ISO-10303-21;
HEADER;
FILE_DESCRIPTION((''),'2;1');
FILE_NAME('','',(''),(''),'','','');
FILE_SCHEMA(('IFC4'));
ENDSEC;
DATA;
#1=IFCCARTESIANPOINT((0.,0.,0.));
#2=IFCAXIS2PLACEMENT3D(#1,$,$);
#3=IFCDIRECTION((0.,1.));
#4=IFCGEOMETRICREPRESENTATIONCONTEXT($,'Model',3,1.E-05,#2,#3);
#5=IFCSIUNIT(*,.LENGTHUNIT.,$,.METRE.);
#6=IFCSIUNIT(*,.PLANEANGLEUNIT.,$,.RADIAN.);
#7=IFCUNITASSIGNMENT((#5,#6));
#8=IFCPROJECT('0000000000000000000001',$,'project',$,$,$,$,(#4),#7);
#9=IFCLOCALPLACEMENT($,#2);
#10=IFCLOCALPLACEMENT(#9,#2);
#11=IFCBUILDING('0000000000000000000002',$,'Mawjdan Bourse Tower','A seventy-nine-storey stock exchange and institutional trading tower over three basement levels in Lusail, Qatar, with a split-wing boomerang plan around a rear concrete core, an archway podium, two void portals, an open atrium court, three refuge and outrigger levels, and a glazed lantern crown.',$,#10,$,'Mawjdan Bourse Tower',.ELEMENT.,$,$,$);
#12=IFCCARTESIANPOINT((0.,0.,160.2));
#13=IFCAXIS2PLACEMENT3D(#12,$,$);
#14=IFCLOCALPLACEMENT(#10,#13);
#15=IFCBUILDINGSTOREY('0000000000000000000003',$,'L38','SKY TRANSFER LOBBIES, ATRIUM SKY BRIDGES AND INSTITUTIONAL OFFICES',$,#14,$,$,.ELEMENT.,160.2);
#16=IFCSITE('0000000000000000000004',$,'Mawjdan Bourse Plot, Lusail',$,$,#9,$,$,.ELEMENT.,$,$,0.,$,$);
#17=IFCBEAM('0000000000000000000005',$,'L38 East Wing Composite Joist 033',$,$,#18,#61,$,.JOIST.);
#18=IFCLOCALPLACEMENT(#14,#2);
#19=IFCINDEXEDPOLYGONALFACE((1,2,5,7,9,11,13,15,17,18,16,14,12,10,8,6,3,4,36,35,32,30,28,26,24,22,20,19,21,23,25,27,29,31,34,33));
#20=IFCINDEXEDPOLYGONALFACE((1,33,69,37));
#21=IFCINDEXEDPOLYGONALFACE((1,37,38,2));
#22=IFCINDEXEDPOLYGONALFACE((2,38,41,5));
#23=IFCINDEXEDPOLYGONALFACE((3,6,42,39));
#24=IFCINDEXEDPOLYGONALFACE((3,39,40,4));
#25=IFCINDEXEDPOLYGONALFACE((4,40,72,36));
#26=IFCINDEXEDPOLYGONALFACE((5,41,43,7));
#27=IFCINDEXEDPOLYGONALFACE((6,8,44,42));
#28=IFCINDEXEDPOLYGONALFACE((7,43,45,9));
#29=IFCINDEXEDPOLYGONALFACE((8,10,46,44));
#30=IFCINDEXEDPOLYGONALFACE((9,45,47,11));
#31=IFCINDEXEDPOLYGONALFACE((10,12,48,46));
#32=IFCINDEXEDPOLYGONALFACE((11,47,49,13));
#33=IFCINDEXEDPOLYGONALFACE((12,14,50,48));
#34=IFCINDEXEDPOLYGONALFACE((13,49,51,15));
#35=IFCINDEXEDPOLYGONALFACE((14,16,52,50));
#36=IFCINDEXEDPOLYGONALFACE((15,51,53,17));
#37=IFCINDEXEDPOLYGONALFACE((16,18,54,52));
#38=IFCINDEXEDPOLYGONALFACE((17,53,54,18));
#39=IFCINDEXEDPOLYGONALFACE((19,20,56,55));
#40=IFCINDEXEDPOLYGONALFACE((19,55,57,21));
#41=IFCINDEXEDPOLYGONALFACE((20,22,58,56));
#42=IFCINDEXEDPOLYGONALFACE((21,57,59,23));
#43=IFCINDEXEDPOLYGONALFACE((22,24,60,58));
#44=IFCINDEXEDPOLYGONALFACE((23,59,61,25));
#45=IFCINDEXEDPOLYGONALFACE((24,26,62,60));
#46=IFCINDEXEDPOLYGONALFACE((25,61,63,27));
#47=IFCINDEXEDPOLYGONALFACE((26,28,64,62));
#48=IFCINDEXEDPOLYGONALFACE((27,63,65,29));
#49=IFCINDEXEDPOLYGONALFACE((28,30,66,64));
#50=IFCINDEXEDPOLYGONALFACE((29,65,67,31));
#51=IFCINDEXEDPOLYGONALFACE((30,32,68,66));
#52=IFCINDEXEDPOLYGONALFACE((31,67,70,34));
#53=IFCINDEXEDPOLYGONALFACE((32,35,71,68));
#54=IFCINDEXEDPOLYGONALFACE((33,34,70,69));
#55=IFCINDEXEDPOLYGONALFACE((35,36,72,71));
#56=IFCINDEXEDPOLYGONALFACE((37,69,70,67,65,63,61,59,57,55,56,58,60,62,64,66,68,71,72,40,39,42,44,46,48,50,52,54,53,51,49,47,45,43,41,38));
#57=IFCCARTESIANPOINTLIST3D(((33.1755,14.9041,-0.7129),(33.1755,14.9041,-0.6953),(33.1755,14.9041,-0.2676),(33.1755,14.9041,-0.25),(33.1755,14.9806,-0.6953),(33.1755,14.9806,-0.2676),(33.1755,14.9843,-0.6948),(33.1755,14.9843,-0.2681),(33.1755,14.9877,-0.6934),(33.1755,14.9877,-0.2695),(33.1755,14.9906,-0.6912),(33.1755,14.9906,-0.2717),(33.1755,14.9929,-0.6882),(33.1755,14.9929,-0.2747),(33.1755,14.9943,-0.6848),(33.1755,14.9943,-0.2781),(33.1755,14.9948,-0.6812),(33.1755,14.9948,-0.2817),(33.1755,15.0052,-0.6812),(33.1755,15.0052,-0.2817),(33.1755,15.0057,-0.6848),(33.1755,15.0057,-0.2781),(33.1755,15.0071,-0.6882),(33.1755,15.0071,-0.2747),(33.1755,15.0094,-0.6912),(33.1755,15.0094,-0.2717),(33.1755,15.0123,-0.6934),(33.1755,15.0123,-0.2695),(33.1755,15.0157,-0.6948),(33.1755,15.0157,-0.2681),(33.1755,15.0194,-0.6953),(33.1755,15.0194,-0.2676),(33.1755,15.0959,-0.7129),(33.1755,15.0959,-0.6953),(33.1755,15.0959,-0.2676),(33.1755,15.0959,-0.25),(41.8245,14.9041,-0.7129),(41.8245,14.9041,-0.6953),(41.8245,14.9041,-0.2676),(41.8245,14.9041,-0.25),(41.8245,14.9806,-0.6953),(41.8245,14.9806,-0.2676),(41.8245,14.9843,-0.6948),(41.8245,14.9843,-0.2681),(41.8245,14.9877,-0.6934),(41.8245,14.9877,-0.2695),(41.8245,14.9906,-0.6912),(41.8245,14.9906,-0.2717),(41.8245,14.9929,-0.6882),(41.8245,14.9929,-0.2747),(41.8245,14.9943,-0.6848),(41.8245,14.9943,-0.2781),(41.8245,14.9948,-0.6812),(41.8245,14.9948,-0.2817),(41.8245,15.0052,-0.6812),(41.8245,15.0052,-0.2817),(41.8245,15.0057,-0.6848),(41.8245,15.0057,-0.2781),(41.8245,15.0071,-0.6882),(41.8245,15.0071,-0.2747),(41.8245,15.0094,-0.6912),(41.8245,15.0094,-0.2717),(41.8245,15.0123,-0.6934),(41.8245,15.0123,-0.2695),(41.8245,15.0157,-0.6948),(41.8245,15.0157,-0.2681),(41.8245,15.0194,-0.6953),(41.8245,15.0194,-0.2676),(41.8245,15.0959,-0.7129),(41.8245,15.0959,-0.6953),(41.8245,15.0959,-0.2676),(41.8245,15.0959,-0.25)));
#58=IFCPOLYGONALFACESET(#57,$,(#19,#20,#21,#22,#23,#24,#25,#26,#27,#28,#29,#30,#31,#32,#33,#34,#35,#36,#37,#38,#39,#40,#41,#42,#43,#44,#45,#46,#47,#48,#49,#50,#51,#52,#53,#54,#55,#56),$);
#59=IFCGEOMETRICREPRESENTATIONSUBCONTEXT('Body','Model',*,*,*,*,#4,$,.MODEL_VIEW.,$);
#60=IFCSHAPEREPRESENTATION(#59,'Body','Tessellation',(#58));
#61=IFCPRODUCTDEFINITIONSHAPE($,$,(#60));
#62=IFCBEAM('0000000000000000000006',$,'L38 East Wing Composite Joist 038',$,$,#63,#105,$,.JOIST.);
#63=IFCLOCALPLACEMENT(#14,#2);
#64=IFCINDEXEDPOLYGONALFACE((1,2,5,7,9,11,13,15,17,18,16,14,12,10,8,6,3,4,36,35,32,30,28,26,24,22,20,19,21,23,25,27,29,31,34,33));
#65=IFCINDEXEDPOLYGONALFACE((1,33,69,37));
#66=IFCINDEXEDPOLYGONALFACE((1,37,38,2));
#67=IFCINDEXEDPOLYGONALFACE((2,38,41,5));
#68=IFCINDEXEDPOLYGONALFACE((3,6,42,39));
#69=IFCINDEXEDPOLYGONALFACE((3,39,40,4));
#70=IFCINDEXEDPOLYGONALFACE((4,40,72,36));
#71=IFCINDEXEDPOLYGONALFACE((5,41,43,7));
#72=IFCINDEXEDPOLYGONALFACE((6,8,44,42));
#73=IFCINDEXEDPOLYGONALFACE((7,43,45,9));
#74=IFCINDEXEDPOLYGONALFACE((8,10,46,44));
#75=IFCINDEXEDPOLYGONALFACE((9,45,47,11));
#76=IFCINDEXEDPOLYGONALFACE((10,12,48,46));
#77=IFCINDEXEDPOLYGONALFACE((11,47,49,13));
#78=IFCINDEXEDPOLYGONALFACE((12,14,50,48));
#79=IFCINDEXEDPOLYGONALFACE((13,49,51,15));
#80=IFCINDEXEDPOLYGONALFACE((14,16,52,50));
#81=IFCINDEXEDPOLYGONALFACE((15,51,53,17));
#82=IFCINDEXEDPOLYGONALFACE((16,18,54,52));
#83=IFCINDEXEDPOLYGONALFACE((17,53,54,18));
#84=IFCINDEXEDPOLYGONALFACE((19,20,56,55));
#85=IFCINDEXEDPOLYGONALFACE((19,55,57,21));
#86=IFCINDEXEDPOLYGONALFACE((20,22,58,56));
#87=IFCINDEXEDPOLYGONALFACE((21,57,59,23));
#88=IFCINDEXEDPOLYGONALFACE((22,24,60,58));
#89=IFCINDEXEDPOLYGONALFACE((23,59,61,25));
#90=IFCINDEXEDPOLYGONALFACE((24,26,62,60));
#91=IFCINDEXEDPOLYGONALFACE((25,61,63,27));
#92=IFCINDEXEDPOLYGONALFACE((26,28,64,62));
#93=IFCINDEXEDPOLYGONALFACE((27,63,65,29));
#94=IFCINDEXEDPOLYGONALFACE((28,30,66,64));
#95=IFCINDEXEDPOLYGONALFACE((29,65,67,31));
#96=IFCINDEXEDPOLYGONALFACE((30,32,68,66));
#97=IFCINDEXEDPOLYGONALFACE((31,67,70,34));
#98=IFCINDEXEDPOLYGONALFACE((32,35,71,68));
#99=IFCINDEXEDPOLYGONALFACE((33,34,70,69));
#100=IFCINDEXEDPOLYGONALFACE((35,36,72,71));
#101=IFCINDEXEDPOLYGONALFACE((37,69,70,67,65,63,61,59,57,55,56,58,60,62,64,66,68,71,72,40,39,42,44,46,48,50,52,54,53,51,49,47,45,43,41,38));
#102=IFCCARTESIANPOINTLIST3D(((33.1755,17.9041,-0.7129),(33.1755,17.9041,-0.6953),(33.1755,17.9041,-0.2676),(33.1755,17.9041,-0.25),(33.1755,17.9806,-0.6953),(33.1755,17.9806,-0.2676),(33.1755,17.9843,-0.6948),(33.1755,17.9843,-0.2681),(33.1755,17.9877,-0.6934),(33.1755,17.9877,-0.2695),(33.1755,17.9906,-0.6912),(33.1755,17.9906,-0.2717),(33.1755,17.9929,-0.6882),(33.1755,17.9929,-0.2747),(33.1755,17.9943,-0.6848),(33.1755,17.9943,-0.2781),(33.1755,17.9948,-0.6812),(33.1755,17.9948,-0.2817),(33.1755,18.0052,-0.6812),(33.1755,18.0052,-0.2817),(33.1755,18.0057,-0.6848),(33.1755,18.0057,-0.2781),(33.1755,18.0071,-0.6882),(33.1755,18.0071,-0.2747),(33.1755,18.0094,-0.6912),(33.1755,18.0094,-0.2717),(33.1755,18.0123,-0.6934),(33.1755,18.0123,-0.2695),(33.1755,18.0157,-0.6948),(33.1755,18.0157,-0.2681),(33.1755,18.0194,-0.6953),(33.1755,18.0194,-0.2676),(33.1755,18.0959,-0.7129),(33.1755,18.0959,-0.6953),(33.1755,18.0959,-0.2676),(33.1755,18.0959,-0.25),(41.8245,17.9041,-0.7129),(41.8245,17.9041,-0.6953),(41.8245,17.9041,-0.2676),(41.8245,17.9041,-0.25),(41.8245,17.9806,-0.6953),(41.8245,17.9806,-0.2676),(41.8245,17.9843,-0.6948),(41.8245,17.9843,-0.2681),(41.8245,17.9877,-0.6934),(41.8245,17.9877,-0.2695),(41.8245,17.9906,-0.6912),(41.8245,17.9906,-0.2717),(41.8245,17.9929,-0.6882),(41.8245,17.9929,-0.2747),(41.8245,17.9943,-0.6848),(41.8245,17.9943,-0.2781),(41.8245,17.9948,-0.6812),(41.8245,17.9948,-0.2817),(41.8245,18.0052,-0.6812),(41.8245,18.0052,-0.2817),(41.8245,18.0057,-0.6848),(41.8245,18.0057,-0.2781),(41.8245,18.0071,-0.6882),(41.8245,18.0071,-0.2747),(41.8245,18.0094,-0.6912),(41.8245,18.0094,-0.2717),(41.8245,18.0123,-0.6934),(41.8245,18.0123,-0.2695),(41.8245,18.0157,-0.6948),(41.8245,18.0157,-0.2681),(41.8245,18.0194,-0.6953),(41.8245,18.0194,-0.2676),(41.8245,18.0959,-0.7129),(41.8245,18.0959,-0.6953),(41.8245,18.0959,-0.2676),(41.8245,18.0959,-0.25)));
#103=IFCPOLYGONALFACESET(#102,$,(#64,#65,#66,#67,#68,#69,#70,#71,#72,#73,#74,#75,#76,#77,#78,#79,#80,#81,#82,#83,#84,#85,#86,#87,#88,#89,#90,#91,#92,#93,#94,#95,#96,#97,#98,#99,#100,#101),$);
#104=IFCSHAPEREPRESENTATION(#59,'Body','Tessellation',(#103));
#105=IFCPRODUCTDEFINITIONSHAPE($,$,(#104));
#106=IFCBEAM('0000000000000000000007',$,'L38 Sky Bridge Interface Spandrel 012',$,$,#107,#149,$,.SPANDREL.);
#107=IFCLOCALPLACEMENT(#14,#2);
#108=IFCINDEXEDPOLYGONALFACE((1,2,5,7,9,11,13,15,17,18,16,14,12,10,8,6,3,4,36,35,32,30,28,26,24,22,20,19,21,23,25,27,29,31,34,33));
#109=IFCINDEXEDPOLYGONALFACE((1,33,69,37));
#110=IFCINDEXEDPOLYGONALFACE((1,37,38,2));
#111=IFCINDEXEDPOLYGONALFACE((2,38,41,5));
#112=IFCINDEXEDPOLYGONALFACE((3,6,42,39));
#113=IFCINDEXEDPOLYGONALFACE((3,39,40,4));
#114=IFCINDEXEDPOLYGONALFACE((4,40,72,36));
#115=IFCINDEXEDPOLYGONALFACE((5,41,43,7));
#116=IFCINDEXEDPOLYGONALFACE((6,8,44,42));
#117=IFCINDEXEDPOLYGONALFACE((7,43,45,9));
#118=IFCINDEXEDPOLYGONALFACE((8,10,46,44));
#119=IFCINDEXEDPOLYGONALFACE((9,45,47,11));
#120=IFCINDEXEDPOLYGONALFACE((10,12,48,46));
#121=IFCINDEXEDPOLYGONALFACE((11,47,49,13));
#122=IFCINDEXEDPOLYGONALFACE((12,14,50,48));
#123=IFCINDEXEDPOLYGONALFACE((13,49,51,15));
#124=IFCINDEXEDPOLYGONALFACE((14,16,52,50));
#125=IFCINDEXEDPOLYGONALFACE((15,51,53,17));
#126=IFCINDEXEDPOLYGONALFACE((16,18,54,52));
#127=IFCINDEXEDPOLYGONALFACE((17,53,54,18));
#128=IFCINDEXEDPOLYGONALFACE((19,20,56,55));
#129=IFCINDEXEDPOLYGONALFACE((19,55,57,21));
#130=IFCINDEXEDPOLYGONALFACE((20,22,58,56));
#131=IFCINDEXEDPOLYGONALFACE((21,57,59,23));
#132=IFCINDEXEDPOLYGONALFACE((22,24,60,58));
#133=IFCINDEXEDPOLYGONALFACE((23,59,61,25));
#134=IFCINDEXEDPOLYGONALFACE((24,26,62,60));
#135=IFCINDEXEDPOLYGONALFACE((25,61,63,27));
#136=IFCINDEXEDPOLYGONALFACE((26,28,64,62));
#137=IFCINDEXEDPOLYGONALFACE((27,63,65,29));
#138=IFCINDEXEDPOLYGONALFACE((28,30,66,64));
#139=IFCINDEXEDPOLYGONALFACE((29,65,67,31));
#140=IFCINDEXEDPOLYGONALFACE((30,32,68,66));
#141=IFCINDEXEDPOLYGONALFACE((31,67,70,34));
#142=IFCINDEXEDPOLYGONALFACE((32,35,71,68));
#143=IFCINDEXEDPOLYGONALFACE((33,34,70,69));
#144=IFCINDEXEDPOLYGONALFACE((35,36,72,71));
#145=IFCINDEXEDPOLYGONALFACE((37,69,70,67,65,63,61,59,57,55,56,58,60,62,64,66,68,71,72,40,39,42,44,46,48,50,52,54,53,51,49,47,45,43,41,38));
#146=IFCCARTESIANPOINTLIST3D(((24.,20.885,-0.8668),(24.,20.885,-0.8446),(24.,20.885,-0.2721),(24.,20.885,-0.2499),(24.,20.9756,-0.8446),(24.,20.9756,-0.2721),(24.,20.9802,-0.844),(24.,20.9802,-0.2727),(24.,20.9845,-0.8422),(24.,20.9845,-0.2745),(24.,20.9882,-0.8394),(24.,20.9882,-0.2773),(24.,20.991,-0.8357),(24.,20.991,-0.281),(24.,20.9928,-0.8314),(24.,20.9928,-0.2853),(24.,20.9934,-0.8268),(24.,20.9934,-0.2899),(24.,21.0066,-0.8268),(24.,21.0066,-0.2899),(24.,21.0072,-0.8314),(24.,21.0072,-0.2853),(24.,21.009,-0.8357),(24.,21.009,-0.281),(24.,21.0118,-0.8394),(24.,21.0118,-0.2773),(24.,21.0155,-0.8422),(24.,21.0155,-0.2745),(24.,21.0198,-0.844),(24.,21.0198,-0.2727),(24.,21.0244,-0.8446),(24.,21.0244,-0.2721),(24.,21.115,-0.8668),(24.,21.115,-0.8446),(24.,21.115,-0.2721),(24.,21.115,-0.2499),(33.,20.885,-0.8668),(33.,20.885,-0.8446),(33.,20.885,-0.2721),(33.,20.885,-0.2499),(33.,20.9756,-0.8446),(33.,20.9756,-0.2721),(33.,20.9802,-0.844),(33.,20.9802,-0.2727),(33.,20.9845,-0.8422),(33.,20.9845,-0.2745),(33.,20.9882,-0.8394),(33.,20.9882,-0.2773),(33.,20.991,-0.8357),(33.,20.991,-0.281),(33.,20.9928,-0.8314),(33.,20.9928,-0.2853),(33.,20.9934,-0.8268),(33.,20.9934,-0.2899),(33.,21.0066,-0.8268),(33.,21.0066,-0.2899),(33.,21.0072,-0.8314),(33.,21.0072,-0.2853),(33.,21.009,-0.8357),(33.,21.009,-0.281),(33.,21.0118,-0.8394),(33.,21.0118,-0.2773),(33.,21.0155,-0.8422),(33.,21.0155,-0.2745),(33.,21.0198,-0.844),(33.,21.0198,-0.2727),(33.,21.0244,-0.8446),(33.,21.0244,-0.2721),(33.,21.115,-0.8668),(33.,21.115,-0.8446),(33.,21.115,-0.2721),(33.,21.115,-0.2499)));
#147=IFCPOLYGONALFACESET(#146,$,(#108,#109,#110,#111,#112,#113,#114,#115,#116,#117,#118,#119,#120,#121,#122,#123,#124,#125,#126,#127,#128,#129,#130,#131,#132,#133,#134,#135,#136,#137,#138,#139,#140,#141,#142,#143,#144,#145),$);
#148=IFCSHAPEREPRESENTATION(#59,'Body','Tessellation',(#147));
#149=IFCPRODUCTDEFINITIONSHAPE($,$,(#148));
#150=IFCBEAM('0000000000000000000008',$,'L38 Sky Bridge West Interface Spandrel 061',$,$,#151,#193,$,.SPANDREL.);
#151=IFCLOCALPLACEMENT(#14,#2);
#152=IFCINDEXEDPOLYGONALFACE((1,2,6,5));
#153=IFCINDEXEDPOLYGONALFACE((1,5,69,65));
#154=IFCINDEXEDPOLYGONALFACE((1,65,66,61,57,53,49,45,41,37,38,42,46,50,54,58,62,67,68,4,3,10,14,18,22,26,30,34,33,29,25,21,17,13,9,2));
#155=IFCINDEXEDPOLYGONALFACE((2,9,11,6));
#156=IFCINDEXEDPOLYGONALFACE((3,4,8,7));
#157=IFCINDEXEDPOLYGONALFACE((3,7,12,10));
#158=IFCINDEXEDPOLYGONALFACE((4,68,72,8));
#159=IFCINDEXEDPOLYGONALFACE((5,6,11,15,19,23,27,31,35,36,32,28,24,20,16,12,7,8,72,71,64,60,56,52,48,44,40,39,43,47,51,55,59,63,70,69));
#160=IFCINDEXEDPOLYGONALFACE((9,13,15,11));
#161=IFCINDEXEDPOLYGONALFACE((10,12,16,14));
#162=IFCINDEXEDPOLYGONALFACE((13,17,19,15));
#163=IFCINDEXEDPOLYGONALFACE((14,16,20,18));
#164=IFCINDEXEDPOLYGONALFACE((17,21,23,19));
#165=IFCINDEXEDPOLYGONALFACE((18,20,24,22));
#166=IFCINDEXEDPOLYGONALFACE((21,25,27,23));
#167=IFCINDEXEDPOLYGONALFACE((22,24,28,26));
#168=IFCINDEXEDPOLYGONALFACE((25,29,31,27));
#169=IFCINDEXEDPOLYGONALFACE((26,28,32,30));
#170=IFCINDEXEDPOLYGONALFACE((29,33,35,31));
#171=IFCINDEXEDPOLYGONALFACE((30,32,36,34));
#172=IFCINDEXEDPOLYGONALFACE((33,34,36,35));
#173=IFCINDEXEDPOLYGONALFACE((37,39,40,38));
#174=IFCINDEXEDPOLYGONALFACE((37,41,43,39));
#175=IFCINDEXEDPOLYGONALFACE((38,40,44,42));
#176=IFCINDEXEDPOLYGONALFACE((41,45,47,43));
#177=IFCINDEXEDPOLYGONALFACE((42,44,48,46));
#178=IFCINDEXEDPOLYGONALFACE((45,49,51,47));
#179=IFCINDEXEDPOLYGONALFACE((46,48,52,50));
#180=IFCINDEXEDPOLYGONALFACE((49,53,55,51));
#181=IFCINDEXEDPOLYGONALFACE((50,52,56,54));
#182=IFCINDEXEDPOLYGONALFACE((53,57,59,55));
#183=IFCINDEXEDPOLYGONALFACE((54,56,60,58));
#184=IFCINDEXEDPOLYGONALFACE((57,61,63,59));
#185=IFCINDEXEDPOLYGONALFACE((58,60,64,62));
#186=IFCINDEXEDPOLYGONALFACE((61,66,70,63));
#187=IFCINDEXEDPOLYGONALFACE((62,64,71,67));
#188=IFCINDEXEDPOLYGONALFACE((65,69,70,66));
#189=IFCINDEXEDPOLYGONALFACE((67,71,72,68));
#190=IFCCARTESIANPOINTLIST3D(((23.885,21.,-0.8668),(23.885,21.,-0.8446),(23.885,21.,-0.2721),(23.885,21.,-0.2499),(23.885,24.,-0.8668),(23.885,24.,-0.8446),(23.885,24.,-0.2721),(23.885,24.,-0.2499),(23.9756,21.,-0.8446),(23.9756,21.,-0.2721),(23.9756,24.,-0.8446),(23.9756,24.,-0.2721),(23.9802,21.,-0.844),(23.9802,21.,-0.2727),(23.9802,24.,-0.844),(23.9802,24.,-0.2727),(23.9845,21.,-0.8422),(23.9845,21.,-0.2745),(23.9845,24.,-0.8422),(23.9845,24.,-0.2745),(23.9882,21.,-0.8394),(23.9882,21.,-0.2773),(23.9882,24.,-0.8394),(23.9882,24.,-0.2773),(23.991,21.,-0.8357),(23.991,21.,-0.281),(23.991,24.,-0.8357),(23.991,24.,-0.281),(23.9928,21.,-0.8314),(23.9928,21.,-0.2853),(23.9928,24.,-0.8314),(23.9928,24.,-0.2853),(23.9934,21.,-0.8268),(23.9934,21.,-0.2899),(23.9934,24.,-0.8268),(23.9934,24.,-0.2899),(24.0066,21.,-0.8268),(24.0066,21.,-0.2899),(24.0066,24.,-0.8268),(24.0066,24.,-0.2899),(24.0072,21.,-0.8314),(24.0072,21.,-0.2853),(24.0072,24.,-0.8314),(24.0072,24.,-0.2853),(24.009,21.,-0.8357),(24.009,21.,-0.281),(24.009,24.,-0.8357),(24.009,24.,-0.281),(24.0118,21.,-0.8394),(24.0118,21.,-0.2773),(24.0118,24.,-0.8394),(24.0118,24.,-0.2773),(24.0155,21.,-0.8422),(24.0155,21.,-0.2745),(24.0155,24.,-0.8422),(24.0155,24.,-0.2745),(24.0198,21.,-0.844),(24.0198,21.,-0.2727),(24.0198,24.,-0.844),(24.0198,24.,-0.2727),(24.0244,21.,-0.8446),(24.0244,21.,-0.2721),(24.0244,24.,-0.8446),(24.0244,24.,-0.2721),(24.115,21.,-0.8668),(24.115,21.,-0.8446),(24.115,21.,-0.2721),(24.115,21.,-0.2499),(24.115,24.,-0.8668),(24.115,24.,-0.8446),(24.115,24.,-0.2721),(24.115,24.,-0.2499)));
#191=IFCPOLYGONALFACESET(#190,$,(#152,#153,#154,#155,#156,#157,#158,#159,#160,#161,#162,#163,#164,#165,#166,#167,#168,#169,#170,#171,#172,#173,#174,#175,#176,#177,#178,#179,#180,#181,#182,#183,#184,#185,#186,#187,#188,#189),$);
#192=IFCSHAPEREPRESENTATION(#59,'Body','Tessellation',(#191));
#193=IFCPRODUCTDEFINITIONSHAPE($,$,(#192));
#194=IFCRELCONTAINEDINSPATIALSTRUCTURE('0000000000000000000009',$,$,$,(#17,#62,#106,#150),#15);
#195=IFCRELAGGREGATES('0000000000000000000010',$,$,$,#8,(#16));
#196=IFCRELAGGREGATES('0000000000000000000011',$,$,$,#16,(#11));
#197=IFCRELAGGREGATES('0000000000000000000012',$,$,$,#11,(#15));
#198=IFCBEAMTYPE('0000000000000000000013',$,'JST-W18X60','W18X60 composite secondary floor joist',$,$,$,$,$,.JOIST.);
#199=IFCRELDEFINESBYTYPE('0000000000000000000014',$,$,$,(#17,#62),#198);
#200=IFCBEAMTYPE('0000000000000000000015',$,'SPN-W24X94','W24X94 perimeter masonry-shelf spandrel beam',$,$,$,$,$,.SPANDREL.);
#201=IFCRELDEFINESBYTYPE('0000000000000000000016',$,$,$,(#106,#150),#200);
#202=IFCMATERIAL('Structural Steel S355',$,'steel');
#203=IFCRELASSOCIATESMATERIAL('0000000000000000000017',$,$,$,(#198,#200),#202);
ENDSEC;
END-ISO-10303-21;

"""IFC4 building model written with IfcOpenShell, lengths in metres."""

from ifc_helpers import new_model, si_unit, direction, frame, origin, origin_2d, place, context, subcontext, project, spatial, i_section, extrude, material, material_profile, profile_set, type_object, element, save


model = new_model("IFC4")

# Units and contexts
model_context = context("Model", 3, precision=1e-05, world=origin(), true_north=direction((0.0, 1.0)))
body_context = subcontext(model_context, "Body", "Model", "MODEL_VIEW")
ifc_project = project(units=[si_unit("LENGTHUNIT", "METRE"), si_unit("PLANEANGLEUNIT", "RADIAN")], contexts=[model_context])

# Site, building, storey
site_placement = place(None, origin())
site = spatial("IfcSite", under=ifc_project, at=site_placement, Name="Mawjdan Bourse Plot, Lusail", CompositionType="ELEMENT", RefElevation=0.0)
building_placement = place(site_placement, origin())
building = spatial("IfcBuilding", under=site, at=building_placement, Name="Mawjdan Bourse Tower", Description="A seventy-nine-storey stock exchange and institutional trading tower over three basement levels in Lusail, Qatar, with a split-wing boomerang plan around a rear concrete core, an archway podium, two void portals, an open atrium court, three refuge and outrigger levels, and a glazed lantern crown.", LongName="Mawjdan Bourse Tower", CompositionType="ELEMENT")
storey_placement = place(building_placement, frame((0.0, 0.0, 160.2)))
storey = spatial("IfcBuildingStorey", under=building, at=storey_placement, Name="L38", Description="SKY TRANSFER LOBBIES, ATRIUM SKY BRIDGES AND INSTITUTIONAL OFFICES", CompositionType="ELEMENT", Elevation=160.2)

# Beams
ifc_material_1 = material(Name="Structural Steel S355", Category="steel")
ifc_material_profile_1 = material_profile(ifc_material_1, i_section(OverallWidth=0.1919, OverallDepth=0.4629, WebThickness=0.0105, FlangeThickness=0.0176, FilletRadius=0.0142, at=origin_2d()), Name="W18X60")
ifc_profile_set_1 = profile_set([ifc_material_profile_1], Name="Structural Steel S355")
beam_type_1 = type_object("IfcBeamType", Name="JST-W18X60", Description="W18X60 composite secondary floor joist", PredefinedType="JOIST", material=ifc_profile_set_1)
for number, where, z_axis, x_axis, name in (
    (1, (33.1755, 15.0, -0.4814), (1.0, 0.0, 0.0), (0.0, 1.0, 0.0), "L38 East Wing Composite Joist 033"),
    (2, (33.1755, 18.0, -0.4814), (1.0, 0.0, 0.0), (0.0, 1.0, 0.0), "L38 East Wing Composite Joist 038"),
):
    element("IfcBeam", number, at=place(storey_placement, frame(where, z_axis=z_axis, x_axis=x_axis)), inside=storey, type_object=beam_type_1, Name=name, PredefinedType="JOIST", context=body_context, shape_type="SweptSolid", body=[
        extrude(i_section(OverallWidth=0.1919, OverallDepth=0.4629, WebThickness=0.0105, FlangeThickness=0.0176, FilletRadius=0.0142, at=origin_2d()), origin(), (0.0, 0.0, 1.0), 8.6489),
    ])
ifc_material_profile_2 = material_profile(ifc_material_1, i_section(OverallWidth=0.23, OverallDepth=0.6169, WebThickness=0.0132, FlangeThickness=0.0222, FilletRadius=0.0178, at=origin_2d()), Name="W24X94")
ifc_profile_set_2 = profile_set([ifc_material_profile_2], Name="Structural Steel S355")
beam_type_2 = type_object("IfcBeamType", Name="SPN-W24X94", Description="W24X94 perimeter masonry-shelf spandrel beam", PredefinedType="SPANDREL", material=ifc_profile_set_2)
beam_1_placement = place(storey_placement, frame((24.0, 21.0, -0.5583), z_axis=(1.0, 0.0, 0.0), x_axis=(0.0, 1.0, 0.0)))
element("IfcBeam", 3, at=beam_1_placement, inside=storey, type_object=beam_type_2, Name="L38 Sky Bridge Interface Spandrel 012", PredefinedType="SPANDREL", context=body_context, shape_type="SweptSolid", body=[
    extrude(i_section(OverallWidth=0.23, OverallDepth=0.6169, WebThickness=0.0132, FlangeThickness=0.0222, FilletRadius=0.0178, at=origin_2d()), origin(), (0.0, 0.0, 1.0), 9.0),
])
beam_2_placement = place(storey_placement, frame((24.0, 21.0, -0.5583), z_axis=(0.0, 1.0, 0.0), x_axis=(-1.0, 0.0, 0.0)))
element("IfcBeam", 4, at=beam_2_placement, inside=storey, type_object=beam_type_2, Name="L38 Sky Bridge West Interface Spandrel 061", PredefinedType="SPANDREL", context=body_context, shape_type="SweptSolid", body=[
    extrude(i_section(OverallWidth=0.23, OverallDepth=0.6169, WebThickness=0.0132, FlangeThickness=0.0222, FilletRadius=0.0178, at=origin_2d()), origin(), (0.0, 0.0, 1.0), 3.0),
])

save(model, "model.ifc")
